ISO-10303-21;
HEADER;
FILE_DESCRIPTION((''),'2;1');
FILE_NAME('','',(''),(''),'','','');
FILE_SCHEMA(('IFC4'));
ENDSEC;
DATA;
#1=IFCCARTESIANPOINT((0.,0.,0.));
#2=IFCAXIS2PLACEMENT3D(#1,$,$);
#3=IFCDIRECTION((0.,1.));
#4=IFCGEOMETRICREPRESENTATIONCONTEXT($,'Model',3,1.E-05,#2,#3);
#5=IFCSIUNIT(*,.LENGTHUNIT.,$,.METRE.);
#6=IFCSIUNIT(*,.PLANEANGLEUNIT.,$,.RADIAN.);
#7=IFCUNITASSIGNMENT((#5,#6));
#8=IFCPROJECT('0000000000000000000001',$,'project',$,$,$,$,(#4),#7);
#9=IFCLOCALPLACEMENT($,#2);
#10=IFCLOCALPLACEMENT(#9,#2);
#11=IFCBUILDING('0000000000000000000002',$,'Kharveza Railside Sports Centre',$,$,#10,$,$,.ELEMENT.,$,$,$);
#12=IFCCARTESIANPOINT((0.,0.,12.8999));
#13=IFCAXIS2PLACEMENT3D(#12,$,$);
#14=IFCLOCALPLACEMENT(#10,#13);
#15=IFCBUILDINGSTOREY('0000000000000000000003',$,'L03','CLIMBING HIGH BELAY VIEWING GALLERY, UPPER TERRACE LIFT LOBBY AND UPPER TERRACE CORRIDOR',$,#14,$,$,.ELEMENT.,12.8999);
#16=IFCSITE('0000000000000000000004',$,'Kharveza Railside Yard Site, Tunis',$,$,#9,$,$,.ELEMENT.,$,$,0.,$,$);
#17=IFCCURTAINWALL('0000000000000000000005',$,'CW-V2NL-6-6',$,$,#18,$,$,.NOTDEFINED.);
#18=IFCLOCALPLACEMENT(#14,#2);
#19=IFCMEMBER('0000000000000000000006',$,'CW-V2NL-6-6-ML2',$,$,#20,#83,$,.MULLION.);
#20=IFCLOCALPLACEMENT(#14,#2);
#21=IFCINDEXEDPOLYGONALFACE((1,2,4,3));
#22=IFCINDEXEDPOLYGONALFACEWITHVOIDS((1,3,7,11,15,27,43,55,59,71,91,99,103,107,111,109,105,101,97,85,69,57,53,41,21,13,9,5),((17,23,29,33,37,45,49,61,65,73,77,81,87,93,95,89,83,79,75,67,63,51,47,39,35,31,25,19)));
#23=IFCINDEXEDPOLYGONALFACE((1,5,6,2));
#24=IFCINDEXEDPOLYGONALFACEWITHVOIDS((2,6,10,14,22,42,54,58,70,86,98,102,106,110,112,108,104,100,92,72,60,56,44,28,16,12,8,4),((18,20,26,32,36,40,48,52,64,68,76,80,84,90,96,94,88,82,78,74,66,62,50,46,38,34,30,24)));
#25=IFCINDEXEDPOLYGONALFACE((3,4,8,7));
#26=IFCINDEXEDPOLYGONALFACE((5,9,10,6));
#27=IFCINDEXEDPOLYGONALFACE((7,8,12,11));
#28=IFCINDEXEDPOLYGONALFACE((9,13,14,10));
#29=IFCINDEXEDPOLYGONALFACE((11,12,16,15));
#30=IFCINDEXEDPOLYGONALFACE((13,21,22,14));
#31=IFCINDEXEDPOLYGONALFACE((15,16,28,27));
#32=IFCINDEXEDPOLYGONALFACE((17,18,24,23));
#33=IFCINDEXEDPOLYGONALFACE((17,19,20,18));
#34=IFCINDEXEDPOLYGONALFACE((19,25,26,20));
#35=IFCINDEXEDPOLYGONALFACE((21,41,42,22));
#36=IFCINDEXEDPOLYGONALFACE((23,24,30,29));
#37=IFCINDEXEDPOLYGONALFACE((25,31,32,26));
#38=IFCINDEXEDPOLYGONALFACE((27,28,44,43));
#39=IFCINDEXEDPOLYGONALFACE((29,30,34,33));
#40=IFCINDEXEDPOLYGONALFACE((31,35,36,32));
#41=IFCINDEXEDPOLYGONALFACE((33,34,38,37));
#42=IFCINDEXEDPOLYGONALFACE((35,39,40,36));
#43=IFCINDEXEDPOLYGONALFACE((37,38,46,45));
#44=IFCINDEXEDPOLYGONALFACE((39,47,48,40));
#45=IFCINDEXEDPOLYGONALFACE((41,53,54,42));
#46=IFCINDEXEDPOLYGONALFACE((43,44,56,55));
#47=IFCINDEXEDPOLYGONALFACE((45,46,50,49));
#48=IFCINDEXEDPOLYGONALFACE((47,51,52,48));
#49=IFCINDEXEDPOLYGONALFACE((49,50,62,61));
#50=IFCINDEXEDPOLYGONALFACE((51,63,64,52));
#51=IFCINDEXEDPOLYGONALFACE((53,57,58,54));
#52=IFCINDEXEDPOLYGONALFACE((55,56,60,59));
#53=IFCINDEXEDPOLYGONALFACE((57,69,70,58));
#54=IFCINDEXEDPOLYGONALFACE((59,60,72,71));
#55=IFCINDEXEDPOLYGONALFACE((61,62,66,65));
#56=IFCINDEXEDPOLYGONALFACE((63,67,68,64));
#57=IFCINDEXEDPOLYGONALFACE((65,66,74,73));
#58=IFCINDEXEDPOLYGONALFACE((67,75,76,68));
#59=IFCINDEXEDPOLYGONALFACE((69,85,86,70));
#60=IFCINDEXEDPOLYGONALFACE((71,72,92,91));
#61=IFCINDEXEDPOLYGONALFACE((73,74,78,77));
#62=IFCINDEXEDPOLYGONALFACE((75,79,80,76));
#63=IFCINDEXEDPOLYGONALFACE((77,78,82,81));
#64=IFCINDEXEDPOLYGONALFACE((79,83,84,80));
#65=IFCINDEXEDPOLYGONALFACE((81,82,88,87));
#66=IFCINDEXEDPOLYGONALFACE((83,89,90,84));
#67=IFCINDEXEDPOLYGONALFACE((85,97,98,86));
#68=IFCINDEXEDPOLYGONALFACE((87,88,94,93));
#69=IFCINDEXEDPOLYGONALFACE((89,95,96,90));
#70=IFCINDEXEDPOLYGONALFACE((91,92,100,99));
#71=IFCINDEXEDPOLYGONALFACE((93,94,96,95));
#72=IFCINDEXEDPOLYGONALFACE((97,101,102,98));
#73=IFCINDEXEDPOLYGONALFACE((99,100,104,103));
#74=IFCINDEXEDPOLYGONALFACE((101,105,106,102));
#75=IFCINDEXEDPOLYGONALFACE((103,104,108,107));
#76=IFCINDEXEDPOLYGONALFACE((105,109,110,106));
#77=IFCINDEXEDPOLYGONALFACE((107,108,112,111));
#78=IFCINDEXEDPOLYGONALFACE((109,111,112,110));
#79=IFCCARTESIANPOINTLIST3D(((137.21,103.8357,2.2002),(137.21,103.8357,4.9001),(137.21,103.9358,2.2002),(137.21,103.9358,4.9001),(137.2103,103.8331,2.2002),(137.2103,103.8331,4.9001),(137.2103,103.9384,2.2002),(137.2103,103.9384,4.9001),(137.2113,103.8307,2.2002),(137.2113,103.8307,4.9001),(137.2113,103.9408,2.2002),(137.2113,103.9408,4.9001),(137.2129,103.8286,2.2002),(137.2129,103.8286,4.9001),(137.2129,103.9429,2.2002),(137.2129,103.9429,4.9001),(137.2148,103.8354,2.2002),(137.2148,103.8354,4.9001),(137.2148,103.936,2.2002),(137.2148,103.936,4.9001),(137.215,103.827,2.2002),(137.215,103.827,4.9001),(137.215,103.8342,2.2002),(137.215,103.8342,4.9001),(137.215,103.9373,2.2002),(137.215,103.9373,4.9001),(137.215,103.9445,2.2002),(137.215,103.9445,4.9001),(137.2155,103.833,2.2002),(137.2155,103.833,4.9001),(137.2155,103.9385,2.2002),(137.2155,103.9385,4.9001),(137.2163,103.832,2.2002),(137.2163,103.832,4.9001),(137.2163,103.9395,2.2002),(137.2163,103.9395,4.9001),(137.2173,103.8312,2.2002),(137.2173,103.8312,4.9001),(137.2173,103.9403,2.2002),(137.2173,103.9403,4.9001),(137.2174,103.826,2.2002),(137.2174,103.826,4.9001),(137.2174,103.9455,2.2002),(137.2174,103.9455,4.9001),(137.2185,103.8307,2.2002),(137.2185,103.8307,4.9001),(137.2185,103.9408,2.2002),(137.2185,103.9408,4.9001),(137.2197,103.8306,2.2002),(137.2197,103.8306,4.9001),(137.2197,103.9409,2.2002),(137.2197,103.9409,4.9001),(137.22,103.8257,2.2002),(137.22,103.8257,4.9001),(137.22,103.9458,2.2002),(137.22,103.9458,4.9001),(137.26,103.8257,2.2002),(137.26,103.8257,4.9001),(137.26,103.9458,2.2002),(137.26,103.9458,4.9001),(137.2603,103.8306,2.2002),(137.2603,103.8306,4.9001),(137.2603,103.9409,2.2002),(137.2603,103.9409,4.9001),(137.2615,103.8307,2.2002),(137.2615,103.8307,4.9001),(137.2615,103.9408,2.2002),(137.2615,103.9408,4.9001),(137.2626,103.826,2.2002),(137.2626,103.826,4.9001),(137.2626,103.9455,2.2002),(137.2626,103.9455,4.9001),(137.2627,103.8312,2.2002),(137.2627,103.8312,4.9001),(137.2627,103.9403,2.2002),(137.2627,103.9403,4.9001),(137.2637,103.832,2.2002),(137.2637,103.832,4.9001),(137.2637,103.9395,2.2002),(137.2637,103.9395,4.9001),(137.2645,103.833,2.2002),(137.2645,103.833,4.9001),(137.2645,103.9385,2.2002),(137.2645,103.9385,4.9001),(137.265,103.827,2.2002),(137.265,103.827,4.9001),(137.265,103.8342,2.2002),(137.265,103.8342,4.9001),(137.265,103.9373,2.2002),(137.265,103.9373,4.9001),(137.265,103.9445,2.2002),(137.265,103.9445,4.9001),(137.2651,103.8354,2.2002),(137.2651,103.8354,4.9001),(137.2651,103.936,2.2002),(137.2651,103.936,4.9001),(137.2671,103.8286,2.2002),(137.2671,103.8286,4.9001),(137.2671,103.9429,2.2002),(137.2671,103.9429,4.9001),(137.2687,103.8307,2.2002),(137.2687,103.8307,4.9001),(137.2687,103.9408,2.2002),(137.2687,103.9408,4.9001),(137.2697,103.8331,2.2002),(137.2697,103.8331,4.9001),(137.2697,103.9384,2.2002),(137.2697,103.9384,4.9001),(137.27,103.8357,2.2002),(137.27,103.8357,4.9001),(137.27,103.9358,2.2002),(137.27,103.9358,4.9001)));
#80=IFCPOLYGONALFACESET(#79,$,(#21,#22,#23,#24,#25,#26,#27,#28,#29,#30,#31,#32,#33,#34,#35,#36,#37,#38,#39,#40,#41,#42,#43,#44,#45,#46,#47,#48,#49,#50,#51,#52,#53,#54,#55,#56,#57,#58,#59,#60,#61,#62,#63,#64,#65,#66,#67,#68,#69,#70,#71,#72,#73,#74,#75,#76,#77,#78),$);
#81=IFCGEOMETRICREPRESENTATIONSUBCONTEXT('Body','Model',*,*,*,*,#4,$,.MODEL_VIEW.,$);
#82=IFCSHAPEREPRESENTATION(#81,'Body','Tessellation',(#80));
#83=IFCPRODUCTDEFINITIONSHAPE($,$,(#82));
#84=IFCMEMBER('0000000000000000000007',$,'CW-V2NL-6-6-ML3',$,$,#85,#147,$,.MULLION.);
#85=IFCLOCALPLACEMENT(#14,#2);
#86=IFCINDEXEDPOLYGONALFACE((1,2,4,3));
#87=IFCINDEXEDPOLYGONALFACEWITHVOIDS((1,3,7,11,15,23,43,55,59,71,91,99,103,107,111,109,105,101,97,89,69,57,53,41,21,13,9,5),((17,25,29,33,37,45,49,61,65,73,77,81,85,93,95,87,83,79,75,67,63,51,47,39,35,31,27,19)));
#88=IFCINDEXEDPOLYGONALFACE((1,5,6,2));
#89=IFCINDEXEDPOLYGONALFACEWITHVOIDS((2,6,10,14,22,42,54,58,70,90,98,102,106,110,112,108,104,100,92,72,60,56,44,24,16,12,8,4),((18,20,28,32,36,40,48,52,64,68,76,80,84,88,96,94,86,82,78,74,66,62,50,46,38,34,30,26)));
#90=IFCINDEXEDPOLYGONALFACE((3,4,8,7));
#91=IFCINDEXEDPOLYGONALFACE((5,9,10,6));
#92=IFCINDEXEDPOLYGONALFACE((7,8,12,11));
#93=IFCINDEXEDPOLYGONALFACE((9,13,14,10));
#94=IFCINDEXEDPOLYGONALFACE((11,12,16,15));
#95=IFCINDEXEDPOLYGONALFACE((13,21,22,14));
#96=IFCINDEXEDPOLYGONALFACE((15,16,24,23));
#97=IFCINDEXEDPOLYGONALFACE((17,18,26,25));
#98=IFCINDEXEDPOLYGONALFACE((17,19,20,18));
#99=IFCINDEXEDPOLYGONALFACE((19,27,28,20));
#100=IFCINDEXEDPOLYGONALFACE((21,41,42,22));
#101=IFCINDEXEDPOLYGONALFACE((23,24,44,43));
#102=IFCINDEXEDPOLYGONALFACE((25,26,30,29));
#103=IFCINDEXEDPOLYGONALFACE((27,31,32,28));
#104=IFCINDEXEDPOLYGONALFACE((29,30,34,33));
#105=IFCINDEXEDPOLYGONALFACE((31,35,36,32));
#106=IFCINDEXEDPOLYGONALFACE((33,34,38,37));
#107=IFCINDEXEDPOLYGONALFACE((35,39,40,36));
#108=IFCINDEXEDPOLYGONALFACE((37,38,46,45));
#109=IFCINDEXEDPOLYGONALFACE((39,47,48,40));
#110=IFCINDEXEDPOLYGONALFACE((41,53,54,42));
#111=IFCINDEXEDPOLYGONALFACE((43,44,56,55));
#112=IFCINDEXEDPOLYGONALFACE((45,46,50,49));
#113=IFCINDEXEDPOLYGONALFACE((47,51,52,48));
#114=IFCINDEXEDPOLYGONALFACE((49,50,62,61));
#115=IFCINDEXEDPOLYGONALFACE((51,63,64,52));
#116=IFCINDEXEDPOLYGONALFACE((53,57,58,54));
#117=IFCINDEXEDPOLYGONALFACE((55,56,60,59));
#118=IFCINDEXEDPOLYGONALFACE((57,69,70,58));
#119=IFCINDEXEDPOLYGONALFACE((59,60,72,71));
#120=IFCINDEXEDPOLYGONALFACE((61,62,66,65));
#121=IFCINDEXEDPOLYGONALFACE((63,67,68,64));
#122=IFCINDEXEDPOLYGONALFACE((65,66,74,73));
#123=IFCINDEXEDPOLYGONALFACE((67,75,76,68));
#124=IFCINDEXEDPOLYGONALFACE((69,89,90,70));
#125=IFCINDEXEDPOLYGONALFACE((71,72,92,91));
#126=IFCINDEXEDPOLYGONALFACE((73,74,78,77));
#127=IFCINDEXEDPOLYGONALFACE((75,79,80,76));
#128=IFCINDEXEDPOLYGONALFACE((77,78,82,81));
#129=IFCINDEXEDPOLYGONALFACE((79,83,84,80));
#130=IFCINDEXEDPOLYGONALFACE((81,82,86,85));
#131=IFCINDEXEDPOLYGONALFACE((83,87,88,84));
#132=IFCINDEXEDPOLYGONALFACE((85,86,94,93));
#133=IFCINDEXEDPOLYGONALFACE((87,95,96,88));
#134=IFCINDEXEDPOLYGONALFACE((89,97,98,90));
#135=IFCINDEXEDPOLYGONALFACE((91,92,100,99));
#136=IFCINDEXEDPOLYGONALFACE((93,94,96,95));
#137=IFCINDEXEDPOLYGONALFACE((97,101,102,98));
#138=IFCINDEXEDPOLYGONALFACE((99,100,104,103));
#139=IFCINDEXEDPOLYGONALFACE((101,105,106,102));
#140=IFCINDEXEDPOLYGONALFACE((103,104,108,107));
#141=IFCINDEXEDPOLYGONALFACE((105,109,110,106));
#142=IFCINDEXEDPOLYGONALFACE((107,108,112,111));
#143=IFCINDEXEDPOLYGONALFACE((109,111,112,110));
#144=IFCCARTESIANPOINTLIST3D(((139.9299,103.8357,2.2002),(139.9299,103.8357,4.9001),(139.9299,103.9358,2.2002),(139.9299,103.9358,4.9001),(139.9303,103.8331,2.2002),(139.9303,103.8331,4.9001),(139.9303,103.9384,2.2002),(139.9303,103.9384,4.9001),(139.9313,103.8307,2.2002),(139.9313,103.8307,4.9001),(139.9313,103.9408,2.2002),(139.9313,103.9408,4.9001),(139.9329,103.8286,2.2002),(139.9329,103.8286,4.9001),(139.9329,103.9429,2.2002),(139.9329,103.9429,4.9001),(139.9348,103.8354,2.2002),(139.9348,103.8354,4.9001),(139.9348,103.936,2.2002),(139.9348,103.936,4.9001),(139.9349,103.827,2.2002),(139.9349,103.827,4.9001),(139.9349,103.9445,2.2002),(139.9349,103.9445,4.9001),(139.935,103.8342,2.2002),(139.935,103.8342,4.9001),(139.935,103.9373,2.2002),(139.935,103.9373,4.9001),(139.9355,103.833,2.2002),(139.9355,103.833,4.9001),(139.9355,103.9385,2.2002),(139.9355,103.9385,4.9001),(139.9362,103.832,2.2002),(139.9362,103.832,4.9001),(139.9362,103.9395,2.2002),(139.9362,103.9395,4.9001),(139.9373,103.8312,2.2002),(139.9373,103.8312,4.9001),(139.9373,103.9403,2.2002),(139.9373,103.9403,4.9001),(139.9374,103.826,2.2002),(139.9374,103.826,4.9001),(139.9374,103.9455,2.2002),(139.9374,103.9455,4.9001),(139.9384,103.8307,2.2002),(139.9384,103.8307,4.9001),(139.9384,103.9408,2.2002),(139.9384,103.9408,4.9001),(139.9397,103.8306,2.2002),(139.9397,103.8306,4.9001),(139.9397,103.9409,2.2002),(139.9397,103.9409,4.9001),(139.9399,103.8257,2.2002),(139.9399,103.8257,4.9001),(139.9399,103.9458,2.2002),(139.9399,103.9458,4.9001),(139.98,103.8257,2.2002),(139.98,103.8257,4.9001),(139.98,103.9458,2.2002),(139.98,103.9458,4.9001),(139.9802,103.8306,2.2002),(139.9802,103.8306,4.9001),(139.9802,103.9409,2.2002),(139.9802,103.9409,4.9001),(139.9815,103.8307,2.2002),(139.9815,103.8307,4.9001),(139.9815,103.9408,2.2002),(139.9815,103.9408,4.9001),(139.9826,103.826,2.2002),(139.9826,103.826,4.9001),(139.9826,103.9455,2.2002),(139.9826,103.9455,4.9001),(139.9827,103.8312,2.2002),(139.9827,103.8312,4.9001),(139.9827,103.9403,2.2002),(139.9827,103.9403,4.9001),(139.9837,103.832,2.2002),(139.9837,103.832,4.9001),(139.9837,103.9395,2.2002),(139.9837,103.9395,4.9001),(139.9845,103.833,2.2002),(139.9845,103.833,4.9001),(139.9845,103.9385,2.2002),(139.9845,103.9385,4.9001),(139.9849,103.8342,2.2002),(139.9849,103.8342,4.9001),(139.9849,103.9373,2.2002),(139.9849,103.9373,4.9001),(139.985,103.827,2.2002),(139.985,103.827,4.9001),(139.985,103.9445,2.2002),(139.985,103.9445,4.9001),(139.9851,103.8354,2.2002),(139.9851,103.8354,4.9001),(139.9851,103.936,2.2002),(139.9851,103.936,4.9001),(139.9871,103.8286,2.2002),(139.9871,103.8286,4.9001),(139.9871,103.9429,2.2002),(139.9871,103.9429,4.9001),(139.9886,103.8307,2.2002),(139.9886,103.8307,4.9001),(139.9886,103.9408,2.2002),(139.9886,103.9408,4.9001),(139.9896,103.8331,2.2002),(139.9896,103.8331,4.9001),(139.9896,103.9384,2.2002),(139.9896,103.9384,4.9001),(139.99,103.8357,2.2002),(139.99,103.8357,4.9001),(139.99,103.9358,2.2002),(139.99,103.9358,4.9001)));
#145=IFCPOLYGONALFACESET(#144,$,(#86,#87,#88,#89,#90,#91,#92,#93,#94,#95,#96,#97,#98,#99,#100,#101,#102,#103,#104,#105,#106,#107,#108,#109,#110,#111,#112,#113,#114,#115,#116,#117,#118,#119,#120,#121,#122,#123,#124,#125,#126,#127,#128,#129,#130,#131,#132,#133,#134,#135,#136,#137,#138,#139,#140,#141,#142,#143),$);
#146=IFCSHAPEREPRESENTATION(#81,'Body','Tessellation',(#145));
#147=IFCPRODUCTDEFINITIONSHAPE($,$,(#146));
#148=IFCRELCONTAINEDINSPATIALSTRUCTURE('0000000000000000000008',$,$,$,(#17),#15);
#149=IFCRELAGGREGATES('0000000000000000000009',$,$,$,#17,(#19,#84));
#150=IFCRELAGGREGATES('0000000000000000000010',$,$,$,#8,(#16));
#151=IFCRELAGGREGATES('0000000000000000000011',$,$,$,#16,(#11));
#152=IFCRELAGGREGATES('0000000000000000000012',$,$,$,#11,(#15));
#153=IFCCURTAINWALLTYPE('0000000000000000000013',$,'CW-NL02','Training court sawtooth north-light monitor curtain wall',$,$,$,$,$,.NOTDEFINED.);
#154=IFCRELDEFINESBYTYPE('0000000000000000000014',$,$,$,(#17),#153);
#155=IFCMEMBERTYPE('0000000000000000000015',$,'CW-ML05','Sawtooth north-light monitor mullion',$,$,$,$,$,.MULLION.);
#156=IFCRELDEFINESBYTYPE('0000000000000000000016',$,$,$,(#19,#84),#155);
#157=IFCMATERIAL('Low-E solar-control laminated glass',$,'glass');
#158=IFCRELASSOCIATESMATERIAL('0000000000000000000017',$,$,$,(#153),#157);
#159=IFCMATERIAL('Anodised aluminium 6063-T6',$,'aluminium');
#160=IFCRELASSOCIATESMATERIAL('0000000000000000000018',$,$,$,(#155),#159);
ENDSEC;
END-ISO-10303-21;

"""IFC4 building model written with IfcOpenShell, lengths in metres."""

from ifc_helpers import new_model, si_unit, direction, frame, origin, origin_2d, place, context, subcontext, project, spatial, hollow_rectangle, extrude, material, material_profile, profile_set, type_object, element, aggregate, save


model = new_model("IFC4")

# Units and contexts
model_context = context("Model", 3, precision=1e-05, world=origin(), true_north=direction((0.0, 1.0)))
body_context = subcontext(model_context, "Body", "Model", "MODEL_VIEW")
ifc_project = project(units=[si_unit("LENGTHUNIT", "METRE"), si_unit("PLANEANGLEUNIT", "RADIAN")], contexts=[model_context])

# Site, building, storey
site_placement = place(None, origin())
site = spatial("IfcSite", under=ifc_project, at=site_placement, Name="Kharveza Railside Yard Site, Tunis", CompositionType="ELEMENT", RefElevation=0.0)
building_placement = place(site_placement, origin())
building = spatial("IfcBuilding", under=site, at=building_placement, Name="Kharveza Railside Sports Centre", CompositionType="ELEMENT")
storey_placement = place(building_placement, frame((0.0, 0.0, 12.8999)))
storey = spatial("IfcBuildingStorey", under=building, at=storey_placement, Name="L03", Description="CLIMBING HIGH BELAY VIEWING GALLERY, UPPER TERRACE LIFT LOBBY AND UPPER TERRACE CORRIDOR", CompositionType="ELEMENT", Elevation=12.8999)

# Curtain wall, members
ifc_material_1 = material(Name="Low-E solar-control laminated glass", Category="glass")
curtain_wall_type = type_object("IfcCurtainWallType", Name="CW-NL02", Description="Training court sawtooth north-light monitor curtain wall", PredefinedType="NOTDEFINED", material=ifc_material_1)
ifc_material_2 = material(Name="Anodised aluminium 6063-T6", Category="aluminium")
ifc_material_profile_1 = material_profile(ifc_material_2, hollow_rectangle(XDim=0.0601, YDim=0.1201, WallThickness=0.0049, InnerFilletRadius=0.0049, OuterFilletRadius=0.01, at=origin_2d()), Name="RHS 60x120x5.0")
ifc_profile_set_1 = profile_set([ifc_material_profile_1], Name="Anodised aluminium 6063-T6")
member_type_1 = type_object("IfcMemberType", Name="CW-ML05", Description="Sawtooth north-light monitor mullion", PredefinedType="MULLION", material=ifc_profile_set_1)
curtain_wall_1_placement = place(storey_placement, origin())
curtain_wall_1 = element("IfcCurtainWall", 1, at=curtain_wall_1_placement, inside=storey, type_object=curtain_wall_type, Name="CW-V2NL-6-6", PredefinedType="NOTDEFINED")
member_1_placement = place(storey_placement, frame((137.24, 103.8857, 2.2002), z_axis=(0.0, 0.0, 1.0), x_axis=(1.0, 0.0, 0.0)))
member_1 = element("IfcMember", 2, at=member_1_placement, type_object=member_type_1, Name="CW-V2NL-6-6-ML2", PredefinedType="MULLION", context=body_context, shape_type="SweptSolid", body=[
    extrude(hollow_rectangle(XDim=0.0601, YDim=0.1201, WallThickness=0.0049, InnerFilletRadius=0.0049, OuterFilletRadius=0.01, at=origin_2d()), origin(), (0.0, 0.0, 1.0), 2.7),
])
member_2_placement = place(storey_placement, frame((139.96, 103.8857, 2.2002), z_axis=(0.0, 0.0, 1.0), x_axis=(1.0, 0.0, 0.0)))
member_2 = element("IfcMember", 3, at=member_2_placement, type_object=member_type_1, Name="CW-V2NL-6-6-ML3", PredefinedType="MULLION", context=body_context, shape_type="SweptSolid", body=[
    extrude(hollow_rectangle(XDim=0.0601, YDim=0.1201, WallThickness=0.0049, InnerFilletRadius=0.0049, OuterFilletRadius=0.01, at=origin_2d()), origin(), (0.0, 0.0, 1.0), 2.7),
])

aggregate(curtain_wall_1, [member_1, member_2])

save(model, "model.ifc")
